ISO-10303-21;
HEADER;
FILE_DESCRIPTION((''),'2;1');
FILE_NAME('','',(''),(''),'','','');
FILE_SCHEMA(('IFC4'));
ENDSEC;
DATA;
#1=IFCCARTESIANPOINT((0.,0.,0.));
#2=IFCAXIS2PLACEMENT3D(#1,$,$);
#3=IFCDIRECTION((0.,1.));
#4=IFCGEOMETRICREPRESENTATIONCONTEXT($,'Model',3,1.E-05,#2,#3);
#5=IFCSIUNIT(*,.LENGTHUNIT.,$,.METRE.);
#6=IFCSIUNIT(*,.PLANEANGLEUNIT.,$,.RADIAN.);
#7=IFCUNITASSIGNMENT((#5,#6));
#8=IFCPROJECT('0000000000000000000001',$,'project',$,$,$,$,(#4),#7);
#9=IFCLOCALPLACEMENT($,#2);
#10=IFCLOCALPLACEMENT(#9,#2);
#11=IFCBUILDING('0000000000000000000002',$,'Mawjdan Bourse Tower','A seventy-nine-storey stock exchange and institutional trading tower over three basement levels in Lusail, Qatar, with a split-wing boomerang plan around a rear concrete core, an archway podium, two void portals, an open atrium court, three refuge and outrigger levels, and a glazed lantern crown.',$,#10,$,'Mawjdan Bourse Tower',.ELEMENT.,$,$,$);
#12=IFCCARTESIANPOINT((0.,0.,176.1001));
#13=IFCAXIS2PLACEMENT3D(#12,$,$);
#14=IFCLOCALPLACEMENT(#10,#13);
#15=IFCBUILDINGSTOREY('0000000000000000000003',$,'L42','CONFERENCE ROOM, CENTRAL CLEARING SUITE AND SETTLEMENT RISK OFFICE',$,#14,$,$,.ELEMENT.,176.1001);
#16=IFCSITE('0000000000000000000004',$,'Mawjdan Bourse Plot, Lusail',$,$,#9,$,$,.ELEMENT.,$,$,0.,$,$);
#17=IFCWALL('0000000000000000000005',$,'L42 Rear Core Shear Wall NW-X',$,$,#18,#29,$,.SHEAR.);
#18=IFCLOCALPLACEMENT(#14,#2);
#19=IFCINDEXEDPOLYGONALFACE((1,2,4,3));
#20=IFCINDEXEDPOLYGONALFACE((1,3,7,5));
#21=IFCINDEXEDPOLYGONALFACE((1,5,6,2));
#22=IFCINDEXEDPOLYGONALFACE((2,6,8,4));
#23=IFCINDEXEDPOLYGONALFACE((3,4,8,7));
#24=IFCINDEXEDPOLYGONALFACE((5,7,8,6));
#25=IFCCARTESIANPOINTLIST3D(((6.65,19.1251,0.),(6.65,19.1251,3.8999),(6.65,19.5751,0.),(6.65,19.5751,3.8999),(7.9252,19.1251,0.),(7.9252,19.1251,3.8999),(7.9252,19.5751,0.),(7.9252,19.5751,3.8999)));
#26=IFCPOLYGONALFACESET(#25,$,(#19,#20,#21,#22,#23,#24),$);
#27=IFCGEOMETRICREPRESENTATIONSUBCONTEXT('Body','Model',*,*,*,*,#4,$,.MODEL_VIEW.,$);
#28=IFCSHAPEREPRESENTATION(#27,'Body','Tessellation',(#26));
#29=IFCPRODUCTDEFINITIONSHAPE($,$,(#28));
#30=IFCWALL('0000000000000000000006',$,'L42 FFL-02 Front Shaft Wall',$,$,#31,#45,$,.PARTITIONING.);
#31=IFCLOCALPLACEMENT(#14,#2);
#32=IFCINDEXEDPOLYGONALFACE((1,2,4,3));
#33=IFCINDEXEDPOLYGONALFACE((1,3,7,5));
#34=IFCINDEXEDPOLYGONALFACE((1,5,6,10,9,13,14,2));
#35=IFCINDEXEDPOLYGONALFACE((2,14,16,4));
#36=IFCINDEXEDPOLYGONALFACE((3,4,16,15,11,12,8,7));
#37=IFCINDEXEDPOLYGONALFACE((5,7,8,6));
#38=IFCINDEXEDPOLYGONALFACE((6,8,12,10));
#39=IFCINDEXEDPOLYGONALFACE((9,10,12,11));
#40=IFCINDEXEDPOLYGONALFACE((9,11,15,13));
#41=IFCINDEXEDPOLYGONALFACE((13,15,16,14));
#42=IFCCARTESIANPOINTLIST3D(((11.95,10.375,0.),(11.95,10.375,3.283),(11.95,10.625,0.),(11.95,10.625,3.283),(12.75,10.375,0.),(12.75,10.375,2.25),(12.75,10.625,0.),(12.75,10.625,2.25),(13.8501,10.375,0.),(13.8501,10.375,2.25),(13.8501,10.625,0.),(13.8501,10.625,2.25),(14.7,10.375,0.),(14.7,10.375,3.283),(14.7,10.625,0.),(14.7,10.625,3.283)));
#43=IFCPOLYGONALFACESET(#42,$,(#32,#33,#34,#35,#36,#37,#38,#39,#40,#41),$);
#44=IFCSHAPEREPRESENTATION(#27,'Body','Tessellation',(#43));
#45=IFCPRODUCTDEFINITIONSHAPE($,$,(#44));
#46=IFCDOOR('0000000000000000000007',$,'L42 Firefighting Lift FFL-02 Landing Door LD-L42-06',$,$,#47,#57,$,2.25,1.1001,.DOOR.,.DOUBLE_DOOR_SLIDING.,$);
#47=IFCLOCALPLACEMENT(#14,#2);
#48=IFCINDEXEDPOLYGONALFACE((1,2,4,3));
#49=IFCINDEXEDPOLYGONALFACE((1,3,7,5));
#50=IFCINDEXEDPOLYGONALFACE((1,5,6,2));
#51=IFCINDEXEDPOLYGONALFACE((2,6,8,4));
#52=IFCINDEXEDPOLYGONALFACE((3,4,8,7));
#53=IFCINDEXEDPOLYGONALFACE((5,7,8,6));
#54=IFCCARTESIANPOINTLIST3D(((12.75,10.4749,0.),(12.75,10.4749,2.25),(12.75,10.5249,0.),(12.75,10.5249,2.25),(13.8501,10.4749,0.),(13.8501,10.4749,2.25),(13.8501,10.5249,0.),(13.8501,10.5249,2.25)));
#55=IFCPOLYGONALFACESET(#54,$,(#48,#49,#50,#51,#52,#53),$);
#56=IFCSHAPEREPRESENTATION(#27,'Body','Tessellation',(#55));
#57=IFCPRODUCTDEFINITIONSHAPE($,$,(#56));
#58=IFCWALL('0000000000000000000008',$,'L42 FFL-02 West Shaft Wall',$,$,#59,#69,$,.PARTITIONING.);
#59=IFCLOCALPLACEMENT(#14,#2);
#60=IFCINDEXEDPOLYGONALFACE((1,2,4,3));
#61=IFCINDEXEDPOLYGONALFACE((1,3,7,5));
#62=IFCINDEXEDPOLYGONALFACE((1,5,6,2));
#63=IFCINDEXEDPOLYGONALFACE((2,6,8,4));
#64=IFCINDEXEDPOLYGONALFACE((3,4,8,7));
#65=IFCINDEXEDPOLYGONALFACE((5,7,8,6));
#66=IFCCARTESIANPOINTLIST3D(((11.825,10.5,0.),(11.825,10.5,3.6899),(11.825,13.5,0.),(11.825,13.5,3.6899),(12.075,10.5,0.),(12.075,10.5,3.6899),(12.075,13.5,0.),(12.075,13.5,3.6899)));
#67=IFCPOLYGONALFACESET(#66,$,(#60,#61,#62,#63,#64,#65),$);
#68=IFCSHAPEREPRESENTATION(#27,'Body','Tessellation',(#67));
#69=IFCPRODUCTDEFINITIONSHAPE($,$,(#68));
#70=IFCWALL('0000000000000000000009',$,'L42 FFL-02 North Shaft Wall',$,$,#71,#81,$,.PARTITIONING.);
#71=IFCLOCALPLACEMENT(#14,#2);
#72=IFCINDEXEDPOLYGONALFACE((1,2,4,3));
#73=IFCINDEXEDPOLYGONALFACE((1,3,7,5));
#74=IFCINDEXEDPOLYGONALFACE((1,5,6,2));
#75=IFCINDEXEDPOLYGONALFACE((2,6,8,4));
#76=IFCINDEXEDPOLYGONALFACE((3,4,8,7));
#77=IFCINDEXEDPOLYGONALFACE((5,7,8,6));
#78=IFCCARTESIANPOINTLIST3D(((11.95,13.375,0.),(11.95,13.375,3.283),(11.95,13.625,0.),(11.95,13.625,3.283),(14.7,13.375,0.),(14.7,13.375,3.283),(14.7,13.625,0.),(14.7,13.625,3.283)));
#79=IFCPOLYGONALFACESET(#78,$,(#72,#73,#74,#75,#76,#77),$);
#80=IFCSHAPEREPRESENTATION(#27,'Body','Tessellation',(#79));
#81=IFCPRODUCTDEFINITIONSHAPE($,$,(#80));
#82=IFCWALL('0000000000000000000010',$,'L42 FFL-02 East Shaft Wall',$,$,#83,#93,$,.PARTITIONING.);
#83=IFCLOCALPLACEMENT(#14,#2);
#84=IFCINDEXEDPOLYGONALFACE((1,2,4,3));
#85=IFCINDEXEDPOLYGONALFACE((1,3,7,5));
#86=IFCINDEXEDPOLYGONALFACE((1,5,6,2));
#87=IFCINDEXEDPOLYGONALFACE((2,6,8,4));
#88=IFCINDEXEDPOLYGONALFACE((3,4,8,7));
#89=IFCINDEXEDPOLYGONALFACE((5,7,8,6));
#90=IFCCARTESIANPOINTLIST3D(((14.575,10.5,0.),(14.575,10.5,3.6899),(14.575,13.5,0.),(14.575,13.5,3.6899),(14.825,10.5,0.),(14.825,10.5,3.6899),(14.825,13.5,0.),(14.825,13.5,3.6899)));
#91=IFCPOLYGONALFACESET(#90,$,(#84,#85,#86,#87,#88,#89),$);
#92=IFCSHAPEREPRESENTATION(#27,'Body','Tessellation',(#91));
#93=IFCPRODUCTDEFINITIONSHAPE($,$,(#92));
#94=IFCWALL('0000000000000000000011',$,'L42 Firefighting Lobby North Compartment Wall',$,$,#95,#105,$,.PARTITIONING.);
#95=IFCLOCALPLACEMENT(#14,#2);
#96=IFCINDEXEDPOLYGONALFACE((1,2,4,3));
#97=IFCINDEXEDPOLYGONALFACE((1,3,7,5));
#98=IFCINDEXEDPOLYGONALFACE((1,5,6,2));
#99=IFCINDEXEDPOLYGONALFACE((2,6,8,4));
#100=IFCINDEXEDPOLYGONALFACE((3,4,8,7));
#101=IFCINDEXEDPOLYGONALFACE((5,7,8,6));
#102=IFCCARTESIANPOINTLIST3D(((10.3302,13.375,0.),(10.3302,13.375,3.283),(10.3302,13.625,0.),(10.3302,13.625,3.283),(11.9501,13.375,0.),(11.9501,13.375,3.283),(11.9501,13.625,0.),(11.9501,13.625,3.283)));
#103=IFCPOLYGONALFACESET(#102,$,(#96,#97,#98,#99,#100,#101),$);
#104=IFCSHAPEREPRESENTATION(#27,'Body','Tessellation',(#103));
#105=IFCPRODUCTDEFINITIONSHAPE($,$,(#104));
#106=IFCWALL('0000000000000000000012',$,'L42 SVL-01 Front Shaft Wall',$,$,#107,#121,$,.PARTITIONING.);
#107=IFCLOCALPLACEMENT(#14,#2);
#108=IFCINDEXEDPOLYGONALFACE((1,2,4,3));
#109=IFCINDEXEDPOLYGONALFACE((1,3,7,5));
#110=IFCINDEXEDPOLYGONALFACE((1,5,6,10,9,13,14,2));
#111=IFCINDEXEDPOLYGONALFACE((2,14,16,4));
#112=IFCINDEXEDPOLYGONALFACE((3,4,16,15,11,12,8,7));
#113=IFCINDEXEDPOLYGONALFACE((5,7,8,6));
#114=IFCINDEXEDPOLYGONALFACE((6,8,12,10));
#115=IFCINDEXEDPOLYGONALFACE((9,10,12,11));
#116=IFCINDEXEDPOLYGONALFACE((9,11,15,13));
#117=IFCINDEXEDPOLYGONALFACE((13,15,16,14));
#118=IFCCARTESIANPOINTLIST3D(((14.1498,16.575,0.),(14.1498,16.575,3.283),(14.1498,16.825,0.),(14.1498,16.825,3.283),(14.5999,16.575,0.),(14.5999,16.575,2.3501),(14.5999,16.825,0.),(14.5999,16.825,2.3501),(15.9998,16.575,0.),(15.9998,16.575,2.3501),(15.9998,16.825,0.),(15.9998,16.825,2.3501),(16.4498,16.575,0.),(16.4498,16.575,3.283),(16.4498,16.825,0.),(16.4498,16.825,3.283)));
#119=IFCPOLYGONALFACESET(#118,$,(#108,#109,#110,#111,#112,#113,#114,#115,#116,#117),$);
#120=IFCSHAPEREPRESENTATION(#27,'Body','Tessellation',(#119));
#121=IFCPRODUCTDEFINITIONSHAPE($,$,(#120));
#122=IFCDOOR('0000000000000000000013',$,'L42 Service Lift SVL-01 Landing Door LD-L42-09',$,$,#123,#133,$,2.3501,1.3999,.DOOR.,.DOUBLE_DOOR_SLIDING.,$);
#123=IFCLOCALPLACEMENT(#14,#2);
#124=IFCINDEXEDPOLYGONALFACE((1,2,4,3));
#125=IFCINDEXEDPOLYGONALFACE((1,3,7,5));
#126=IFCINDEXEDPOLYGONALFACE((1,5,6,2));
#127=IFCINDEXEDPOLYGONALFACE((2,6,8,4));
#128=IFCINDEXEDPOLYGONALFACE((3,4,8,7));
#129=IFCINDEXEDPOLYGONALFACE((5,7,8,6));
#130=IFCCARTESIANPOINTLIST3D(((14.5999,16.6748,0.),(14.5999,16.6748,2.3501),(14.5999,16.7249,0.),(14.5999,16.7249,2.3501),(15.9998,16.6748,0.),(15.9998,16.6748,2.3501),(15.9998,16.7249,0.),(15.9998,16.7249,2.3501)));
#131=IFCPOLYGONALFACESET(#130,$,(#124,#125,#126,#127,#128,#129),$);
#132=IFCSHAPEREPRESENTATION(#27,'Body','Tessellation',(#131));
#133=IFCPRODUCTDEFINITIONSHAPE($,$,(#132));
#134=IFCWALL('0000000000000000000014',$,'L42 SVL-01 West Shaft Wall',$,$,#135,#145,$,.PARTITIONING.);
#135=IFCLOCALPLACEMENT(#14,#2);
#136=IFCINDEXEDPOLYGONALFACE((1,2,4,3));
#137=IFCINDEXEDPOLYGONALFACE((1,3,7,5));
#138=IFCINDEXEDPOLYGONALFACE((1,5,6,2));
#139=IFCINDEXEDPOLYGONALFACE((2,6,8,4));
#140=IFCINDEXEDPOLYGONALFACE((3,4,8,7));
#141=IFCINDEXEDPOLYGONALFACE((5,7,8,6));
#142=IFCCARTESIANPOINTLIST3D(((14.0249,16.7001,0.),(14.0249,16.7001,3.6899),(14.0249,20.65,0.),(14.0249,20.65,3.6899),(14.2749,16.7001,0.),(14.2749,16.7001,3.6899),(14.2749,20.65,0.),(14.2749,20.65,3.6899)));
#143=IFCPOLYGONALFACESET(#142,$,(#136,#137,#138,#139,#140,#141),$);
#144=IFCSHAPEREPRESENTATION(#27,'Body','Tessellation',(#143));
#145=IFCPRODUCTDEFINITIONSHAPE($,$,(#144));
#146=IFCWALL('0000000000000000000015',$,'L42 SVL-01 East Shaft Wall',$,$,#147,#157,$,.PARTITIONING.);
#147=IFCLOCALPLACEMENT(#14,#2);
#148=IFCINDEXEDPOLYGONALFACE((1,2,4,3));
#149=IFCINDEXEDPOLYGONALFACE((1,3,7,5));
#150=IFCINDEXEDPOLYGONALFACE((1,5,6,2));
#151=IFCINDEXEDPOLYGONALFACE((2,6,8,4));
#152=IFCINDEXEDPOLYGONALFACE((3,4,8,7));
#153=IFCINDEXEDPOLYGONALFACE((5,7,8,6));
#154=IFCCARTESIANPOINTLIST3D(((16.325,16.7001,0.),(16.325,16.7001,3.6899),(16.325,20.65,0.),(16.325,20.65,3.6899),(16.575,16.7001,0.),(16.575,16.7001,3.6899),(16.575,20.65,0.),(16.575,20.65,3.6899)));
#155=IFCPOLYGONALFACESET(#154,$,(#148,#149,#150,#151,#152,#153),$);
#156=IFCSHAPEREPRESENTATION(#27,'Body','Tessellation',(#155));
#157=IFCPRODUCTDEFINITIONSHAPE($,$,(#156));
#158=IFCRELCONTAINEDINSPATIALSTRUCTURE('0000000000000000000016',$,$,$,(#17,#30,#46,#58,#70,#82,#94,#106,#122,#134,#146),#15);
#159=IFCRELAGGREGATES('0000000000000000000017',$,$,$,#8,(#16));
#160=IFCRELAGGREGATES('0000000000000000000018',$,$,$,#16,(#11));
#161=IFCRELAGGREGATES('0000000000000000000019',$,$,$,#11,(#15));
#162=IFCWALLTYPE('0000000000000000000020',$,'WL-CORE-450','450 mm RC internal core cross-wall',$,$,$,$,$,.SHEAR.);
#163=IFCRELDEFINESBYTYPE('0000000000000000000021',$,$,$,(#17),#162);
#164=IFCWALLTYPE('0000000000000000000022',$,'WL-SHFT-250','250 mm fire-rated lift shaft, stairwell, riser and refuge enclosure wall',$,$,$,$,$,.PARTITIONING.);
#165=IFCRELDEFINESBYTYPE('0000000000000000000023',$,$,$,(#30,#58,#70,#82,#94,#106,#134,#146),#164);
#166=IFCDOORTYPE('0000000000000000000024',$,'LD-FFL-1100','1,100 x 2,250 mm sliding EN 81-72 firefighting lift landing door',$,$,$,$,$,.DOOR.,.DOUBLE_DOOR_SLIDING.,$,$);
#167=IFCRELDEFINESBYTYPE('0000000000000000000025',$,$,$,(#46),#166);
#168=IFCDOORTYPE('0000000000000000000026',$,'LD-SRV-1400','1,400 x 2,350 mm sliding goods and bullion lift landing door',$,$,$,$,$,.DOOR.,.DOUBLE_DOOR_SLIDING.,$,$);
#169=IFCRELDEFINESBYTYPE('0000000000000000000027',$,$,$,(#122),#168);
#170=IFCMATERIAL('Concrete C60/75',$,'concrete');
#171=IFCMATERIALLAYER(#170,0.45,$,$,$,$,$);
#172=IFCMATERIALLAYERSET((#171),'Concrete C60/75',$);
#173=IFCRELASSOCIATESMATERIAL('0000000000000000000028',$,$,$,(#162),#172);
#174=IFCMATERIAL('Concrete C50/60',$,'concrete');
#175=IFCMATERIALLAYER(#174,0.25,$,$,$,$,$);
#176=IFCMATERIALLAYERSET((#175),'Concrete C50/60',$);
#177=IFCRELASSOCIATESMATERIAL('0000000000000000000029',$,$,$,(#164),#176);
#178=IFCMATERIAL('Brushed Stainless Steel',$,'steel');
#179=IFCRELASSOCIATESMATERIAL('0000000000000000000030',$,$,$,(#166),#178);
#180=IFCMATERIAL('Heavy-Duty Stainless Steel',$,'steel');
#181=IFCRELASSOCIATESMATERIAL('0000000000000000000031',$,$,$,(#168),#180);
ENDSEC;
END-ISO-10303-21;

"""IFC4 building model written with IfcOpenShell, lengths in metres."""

from ifc_helpers import new_model, si_unit, direction, frame, frame_2d, origin, place, context, subcontext, project, spatial, rectangle, extrude, material, layer, layer_set, type_object, element, fill, save


model = new_model("IFC4")

# Units and contexts
model_context = context("Model", 3, precision=1e-05, world=origin(), true_north=direction((0.0, 1.0)))
body_context = subcontext(model_context, "Body", "Model", "MODEL_VIEW")
ifc_project = project(units=[si_unit("LENGTHUNIT", "METRE"), si_unit("PLANEANGLEUNIT", "RADIAN")], contexts=[model_context])

# Site, building, storey
site_placement = place(None, origin())
site = spatial("IfcSite", under=ifc_project, at=site_placement, Name="Mawjdan Bourse Plot, Lusail", CompositionType="ELEMENT", RefElevation=0.0)
building_placement = place(site_placement, origin())
building = spatial("IfcBuilding", under=site, at=building_placement, Name="Mawjdan Bourse Tower", Description="A seventy-nine-storey stock exchange and institutional trading tower over three basement levels in Lusail, Qatar, with a split-wing boomerang plan around a rear concrete core, an archway podium, two void portals, an open atrium court, three refuge and outrigger levels, and a glazed lantern crown.", LongName="Mawjdan Bourse Tower", CompositionType="ELEMENT")
storey_placement = place(building_placement, frame((0.0, 0.0, 176.1001)))
storey = spatial("IfcBuildingStorey", under=building, at=storey_placement, Name="L42", Description="CONFERENCE ROOM, CENTRAL CLEARING SUITE AND SETTLEMENT RISK OFFICE", CompositionType="ELEMENT", Elevation=176.1001)

# Wall
ifc_material_1 = material(Name="Concrete C60/75", Category="concrete")
ifc_layer_1 = layer(ifc_material_1, 0.45)
ifc_layer_set_1 = layer_set([ifc_layer_1], Name="Concrete C60/75")
wall_type_1 = type_object("IfcWallType", Name="WL-CORE-450", Description="450 mm RC internal core cross-wall", PredefinedType="SHEAR", material=ifc_layer_set_1)
wall_1_placement = place(storey_placement, frame((6.6499, 19.3501, 0.0), z_axis=(0.0, 0.0, 1.0), x_axis=(1.0, 0.0, 0.0)))
element("IfcWall", 1, at=wall_1_placement, inside=storey, type_object=wall_type_1, Name="L42 Rear Core Shear Wall NW-X", PredefinedType="SHEAR", context=body_context, shape_type="SweptSolid", body=[
    extrude(rectangle(XDim=1.2751, YDim=0.45, at=frame_2d((0.6377, 0.0))), origin(), (0.0, 0.0, 1.0), 3.8999),
])

# Wall, opening, door
ifc_material_2 = material(Name="Concrete C50/60", Category="concrete")
ifc_layer_2 = layer(ifc_material_2, 0.25)
ifc_layer_set_2 = layer_set([ifc_layer_2], Name="Concrete C50/60")
wall_type_2 = type_object("IfcWallType", Name="WL-SHFT-250", Description="250 mm fire-rated lift shaft, stairwell, riser and refuge enclosure wall", PredefinedType="PARTITIONING", material=ifc_layer_set_2)
wall_2_placement = place(storey_placement, frame((11.95, 10.5, 0.0), z_axis=(0.0, 0.0, 1.0), x_axis=(1.0, 0.0, 0.0)))
wall_2 = element("IfcWall", 2, at=wall_2_placement, inside=storey, type_object=wall_type_2, Name="L42 FFL-02 Front Shaft Wall", PredefinedType="PARTITIONING", context=body_context, shape_type="SweptSolid", body=[
    extrude(rectangle(XDim=2.75, YDim=0.25, at=frame_2d((1.375, 0.0))), origin(), (0.0, 0.0, 1.0), 3.283),
])
opening_1_placement = place(wall_2_placement, frame((0.8, 0.0, 0.0)))
opening_1 = element("IfcOpeningElement", 3, at=opening_1_placement, cuts=wall_2, PredefinedType="OPENING", context=body_context, shape_type="SweptSolid", body=[
    extrude(rectangle(XDim=1.1001, YDim=2.25, at=frame_2d((0.55, 1.125))), frame((0.0, 0.135, 0.0), z_axis=(0.0, -1.0, 0.0), x_axis=(1.0, 0.0, 0.0)), (0.0, 0.0, 1.0), 0.27),
])
ifc_material_3 = material(Name="Brushed Stainless Steel", Category="steel")
door_type_1 = type_object("IfcDoorType", Name="LD-FFL-1100", Description="1,100 x 2,250 mm sliding EN 81-72 firefighting lift landing door", OperationType="DOUBLE_DOOR_SLIDING", PredefinedType="DOOR", material=ifc_material_3)
door_1_placement = place(opening_1_placement, origin())
door_1 = element("IfcDoor", 4, at=door_1_placement, inside=storey, type_object=door_type_1, Name="L42 Firefighting Lift FFL-02 Landing Door LD-L42-06", OperationType="DOUBLE_DOOR_SLIDING", OverallHeight=2.25, OverallWidth=1.1001, PredefinedType="DOOR", context=body_context, shape_type="SweptSolid", body=[
    extrude(rectangle(XDim=1.1001, YDim=2.25, at=frame_2d((0.55, 1.125))), frame((0.0, 0.0249, 0.0), z_axis=(0.0, -1.0, 0.0), x_axis=(1.0, 0.0, 0.0)), (0.0, 0.0, 1.0), 0.05),
])
fill(opening_1, door_1)

# Walls
wall_3_placement = place(storey_placement, frame((11.95, 10.5, 0.0), z_axis=(0.0, 0.0, 1.0), x_axis=(0.0, 1.0, 0.0)))
element("IfcWall", 5, at=wall_3_placement, inside=storey, type_object=wall_type_2, Name="L42 FFL-02 West Shaft Wall", PredefinedType="PARTITIONING", context=body_context, shape_type="SweptSolid", body=[
    extrude(rectangle(XDim=3.0, YDim=0.25, at=frame_2d((1.5, 0.0))), origin(), (0.0, 0.0, 1.0), 3.6899),
])
wall_4_placement = place(storey_placement, frame((11.95, 13.5, 0.0), z_axis=(0.0, 0.0, 1.0), x_axis=(1.0, 0.0, 0.0)))
element("IfcWall", 6, at=wall_4_placement, inside=storey, type_object=wall_type_2, Name="L42 FFL-02 North Shaft Wall", PredefinedType="PARTITIONING", context=body_context, shape_type="SweptSolid", body=[
    extrude(rectangle(XDim=2.75, YDim=0.25, at=frame_2d((1.375, 0.0))), origin(), (0.0, 0.0, 1.0), 3.283),
])
wall_5_placement = place(storey_placement, frame((14.7, 10.5, 0.0), z_axis=(0.0, 0.0, 1.0), x_axis=(0.0, 1.0, 0.0)))
element("IfcWall", 7, at=wall_5_placement, inside=storey, type_object=wall_type_2, Name="L42 FFL-02 East Shaft Wall", PredefinedType="PARTITIONING", context=body_context, shape_type="SweptSolid", body=[
    extrude(rectangle(XDim=3.0, YDim=0.25, at=frame_2d((1.5, 0.0))), origin(), (0.0, 0.0, 1.0), 3.6899),
])
wall_6_placement = place(storey_placement, frame((10.3301, 13.5, 0.0), z_axis=(0.0, 0.0, 1.0), x_axis=(1.0, 0.0, 0.0)))
element("IfcWall", 8, at=wall_6_placement, inside=storey, type_object=wall_type_2, Name="L42 Firefighting Lobby North Compartment Wall", PredefinedType="PARTITIONING", context=body_context, shape_type="SweptSolid", body=[
    extrude(rectangle(XDim=1.6199, YDim=0.25, at=frame_2d((0.8101, 0.0))), origin(), (0.0, 0.0, 1.0), 3.283),
])

# Wall, opening, door
wall_7_placement = place(storey_placement, frame((14.1499, 16.7, 0.0), z_axis=(0.0, 0.0, 1.0), x_axis=(1.0, 0.0, 0.0)))
wall_7 = element("IfcWall", 9, at=wall_7_placement, inside=storey, type_object=wall_type_2, Name="L42 SVL-01 Front Shaft Wall", PredefinedType="PARTITIONING", context=body_context, shape_type="SweptSolid", body=[
    extrude(rectangle(XDim=2.3, YDim=0.25, at=frame_2d((1.1499, 0.0))), origin(), (0.0, 0.0, 1.0), 3.283),
])
opening_2_placement = place(wall_7_placement, frame((0.45, 0.0, 0.0)))
opening_2 = element("IfcOpeningElement", 10, at=opening_2_placement, cuts=wall_7, PredefinedType="OPENING", context=body_context, shape_type="SweptSolid", body=[
    extrude(rectangle(XDim=1.3999, YDim=2.3501, at=frame_2d((0.7, 1.175))), frame((0.0, 0.135, 0.0), z_axis=(0.0, -1.0, 0.0), x_axis=(1.0, 0.0, 0.0)), (0.0, 0.0, 1.0), 0.27),
])
ifc_material_4 = material(Name="Heavy-Duty Stainless Steel", Category="steel")
door_type_2 = type_object("IfcDoorType", Name="LD-SRV-1400", Description="1,400 x 2,350 mm sliding goods and bullion lift landing door", OperationType="DOUBLE_DOOR_SLIDING", PredefinedType="DOOR", material=ifc_material_4)
door_2_placement = place(opening_2_placement, origin())
door_2 = element("IfcDoor", 11, at=door_2_placement, inside=storey, type_object=door_type_2, Name="L42 Service Lift SVL-01 Landing Door LD-L42-09", OperationType="DOUBLE_DOOR_SLIDING", OverallHeight=2.3501, OverallWidth=1.3999, PredefinedType="DOOR", context=body_context, shape_type="SweptSolid", body=[
    extrude(rectangle(XDim=1.3999, YDim=2.3501, at=frame_2d((0.7, 1.175))), frame((0.0, 0.0249, 0.0), z_axis=(0.0, -1.0, 0.0), x_axis=(1.0, 0.0, 0.0)), (0.0, 0.0, 1.0), 0.05),
])
fill(opening_2, door_2)

# Walls
for number, where, z_axis, x_axis, name in (
    (12, (14.1499, 16.7, 0.0), (0.0, 0.0, 1.0), (0.0, 1.0, 0.0), "L42 SVL-01 West Shaft Wall"),
    (13, (16.45, 16.7, 0.0), (0.0, 0.0, 1.0), (0.0, 1.0, 0.0), "L42 SVL-01 East Shaft Wall"),
):
    element("IfcWall", number, at=place(storey_placement, frame(where, z_axis=z_axis, x_axis=x_axis)), inside=storey, type_object=wall_type_2, Name=name, PredefinedType="PARTITIONING", context=body_context, shape_type="SweptSolid", body=[
        extrude(rectangle(XDim=3.95, YDim=0.25, at=frame_2d((1.9751, 0.0))), origin(), (0.0, 0.0, 1.0), 3.6899),
    ])

save(model, "model.ifc")
